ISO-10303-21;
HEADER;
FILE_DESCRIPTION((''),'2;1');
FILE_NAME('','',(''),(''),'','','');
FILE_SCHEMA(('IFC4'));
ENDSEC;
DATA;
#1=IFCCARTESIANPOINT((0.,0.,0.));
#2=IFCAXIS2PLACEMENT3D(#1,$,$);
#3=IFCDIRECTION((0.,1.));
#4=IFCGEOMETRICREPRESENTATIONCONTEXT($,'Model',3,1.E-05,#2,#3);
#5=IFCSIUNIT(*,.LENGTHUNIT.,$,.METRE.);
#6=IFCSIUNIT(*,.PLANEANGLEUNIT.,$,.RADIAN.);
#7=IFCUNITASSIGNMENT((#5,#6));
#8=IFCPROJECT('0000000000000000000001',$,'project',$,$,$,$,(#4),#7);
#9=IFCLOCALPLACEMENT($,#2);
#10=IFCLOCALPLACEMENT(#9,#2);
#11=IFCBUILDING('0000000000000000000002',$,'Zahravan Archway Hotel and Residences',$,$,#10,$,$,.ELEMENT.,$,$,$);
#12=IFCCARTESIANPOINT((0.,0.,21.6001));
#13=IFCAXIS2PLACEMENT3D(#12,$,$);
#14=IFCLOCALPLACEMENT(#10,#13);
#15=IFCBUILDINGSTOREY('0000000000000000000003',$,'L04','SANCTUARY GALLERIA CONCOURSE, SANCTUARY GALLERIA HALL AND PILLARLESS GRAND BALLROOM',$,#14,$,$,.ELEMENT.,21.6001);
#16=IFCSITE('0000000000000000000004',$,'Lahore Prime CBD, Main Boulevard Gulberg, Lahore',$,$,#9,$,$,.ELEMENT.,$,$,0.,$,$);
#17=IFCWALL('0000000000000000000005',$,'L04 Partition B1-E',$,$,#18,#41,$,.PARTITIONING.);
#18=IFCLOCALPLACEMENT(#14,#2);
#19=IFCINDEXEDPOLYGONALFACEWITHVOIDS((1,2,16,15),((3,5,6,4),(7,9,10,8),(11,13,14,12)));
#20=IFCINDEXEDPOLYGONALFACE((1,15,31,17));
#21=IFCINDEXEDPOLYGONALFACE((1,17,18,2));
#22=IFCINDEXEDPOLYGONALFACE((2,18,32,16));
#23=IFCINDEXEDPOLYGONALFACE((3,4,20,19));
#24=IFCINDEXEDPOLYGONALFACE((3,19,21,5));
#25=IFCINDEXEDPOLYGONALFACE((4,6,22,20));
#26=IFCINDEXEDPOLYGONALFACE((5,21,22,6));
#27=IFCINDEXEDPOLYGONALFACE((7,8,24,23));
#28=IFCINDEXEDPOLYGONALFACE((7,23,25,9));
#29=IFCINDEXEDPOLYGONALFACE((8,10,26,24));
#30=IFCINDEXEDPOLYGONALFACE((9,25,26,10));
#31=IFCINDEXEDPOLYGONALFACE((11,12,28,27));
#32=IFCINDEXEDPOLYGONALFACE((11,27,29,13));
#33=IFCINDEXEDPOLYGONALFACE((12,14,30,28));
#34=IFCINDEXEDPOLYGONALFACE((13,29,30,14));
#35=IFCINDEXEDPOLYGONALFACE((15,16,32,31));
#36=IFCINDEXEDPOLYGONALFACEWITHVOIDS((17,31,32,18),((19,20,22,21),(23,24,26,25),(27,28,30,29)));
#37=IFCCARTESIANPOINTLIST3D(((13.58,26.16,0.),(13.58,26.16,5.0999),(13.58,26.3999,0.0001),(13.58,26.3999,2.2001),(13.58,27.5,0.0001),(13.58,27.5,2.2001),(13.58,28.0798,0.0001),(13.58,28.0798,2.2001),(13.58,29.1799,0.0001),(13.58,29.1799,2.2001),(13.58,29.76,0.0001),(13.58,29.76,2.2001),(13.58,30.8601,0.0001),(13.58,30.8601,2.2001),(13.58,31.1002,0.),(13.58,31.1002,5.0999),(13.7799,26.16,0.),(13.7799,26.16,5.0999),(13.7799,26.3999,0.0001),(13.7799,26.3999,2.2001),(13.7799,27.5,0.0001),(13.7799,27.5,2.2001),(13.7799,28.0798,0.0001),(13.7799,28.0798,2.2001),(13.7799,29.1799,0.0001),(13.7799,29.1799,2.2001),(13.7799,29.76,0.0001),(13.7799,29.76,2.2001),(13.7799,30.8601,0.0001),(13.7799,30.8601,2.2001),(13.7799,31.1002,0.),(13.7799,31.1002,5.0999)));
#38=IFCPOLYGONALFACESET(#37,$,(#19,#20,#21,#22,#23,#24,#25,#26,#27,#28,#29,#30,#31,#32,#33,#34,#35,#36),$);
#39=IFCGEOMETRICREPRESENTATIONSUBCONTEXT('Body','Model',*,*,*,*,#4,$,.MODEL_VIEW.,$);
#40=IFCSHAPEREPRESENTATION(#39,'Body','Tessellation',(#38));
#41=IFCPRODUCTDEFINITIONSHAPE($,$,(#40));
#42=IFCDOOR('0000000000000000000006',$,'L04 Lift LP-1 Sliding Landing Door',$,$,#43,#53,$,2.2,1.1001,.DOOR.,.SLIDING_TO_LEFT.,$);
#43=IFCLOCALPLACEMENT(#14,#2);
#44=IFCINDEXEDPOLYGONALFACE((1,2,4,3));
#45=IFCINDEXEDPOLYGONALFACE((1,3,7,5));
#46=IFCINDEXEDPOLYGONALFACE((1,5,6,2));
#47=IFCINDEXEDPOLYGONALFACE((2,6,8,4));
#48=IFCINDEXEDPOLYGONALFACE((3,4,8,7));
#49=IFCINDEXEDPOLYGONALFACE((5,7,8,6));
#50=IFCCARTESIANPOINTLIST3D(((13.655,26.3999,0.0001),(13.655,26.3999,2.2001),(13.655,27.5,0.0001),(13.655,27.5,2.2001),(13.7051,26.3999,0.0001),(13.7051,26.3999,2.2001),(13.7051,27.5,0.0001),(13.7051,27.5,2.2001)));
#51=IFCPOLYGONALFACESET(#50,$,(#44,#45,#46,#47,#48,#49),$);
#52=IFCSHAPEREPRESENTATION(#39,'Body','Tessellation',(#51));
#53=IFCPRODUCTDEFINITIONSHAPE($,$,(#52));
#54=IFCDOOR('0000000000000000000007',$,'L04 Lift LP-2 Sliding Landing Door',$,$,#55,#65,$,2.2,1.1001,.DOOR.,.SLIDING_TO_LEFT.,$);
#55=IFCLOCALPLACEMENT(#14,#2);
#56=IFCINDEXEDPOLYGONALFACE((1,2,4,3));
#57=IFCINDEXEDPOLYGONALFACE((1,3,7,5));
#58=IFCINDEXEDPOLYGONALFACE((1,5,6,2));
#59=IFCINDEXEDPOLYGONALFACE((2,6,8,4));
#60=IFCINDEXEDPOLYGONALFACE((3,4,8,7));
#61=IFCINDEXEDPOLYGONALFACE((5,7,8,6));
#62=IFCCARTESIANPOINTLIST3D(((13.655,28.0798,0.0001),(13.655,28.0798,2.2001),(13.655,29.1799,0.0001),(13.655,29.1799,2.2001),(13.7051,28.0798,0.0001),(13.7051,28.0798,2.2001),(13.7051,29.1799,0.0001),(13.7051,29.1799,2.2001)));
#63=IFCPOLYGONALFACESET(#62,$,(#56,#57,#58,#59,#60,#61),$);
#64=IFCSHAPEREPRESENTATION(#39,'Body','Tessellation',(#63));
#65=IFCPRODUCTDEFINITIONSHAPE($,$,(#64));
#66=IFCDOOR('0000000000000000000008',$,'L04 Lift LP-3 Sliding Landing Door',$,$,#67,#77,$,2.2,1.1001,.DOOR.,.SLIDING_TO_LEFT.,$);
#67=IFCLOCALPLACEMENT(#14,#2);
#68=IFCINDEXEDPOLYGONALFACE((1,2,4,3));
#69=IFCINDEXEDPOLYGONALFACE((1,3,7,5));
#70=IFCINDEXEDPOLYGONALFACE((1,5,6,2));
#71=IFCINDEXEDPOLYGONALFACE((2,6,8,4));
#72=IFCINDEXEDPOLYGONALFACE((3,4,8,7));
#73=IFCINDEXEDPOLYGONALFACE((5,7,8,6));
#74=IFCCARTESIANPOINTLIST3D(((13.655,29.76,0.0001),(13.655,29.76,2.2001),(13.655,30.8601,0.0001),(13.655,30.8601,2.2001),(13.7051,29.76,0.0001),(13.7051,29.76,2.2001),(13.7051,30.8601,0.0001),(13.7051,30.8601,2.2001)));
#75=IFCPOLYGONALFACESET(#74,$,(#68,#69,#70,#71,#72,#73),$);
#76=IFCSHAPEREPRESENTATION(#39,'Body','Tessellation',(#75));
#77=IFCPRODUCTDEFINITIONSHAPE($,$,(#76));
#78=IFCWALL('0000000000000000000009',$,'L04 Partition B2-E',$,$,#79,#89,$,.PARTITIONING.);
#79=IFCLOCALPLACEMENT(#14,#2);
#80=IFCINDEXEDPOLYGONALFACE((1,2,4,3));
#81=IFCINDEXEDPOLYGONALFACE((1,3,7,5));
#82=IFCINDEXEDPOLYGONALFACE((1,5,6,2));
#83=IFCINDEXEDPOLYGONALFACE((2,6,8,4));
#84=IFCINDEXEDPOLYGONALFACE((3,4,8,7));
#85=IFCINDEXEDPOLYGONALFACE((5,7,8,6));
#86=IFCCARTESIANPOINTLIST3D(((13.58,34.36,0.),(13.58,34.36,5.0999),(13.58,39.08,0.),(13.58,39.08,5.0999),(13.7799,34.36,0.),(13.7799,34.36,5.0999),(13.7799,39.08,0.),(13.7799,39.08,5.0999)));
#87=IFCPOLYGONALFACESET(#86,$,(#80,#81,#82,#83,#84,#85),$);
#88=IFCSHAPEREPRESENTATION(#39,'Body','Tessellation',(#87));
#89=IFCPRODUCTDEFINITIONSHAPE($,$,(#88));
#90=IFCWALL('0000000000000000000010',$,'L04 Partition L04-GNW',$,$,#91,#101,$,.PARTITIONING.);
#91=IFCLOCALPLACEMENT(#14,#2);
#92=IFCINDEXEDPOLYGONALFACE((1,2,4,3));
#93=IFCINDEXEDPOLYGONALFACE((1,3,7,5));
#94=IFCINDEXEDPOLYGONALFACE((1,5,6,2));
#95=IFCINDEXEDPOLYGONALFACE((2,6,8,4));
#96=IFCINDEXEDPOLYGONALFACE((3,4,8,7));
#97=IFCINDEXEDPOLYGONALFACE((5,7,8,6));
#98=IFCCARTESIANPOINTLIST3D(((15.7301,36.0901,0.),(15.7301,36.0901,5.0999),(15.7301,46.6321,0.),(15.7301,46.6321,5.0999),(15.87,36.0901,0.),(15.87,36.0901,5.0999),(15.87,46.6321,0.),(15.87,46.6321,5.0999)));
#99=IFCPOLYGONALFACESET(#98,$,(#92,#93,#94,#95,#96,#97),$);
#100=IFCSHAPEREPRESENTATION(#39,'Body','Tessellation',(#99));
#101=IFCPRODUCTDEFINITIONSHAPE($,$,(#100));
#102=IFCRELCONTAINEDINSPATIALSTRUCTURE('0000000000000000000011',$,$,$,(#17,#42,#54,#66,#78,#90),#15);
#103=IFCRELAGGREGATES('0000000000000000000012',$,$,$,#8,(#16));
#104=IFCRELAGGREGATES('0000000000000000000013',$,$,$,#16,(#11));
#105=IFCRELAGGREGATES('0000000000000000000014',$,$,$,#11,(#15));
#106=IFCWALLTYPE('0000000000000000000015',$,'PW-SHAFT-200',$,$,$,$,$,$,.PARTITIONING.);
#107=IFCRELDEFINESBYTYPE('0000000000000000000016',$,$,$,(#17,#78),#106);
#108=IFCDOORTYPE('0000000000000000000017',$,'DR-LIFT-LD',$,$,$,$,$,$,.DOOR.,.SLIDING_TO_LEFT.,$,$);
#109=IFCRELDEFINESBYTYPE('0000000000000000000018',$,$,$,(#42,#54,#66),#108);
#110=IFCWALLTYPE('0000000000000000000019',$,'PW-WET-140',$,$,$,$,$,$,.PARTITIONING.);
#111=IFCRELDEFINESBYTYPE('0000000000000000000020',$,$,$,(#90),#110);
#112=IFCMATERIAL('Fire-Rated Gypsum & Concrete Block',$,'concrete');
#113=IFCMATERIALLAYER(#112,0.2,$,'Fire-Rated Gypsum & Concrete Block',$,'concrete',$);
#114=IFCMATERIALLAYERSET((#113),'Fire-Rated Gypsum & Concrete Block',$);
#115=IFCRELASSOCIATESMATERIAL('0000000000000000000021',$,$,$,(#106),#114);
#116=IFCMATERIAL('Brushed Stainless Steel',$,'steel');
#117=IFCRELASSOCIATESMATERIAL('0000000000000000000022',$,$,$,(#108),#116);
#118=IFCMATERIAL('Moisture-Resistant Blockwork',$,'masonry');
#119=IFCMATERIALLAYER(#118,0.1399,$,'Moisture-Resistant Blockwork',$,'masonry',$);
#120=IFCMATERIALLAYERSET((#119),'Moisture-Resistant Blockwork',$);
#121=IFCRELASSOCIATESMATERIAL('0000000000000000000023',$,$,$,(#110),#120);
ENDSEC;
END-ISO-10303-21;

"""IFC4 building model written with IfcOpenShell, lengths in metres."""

from ifc_helpers import new_model, si_unit, direction, frame, frame_2d, origin, place, context, subcontext, project, spatial, rectangle, extrude, source, transform, mapped, material, layer, layer_set, type_object, type_shapes, element, fill, save


model = new_model("IFC4")

# Units and contexts
model_context = context("Model", 3, precision=1e-05, world=origin(), true_north=direction((0.0, 1.0)))
body_context = subcontext(model_context, "Body", "Model", "MODEL_VIEW")
ifc_project = project(units=[si_unit("LENGTHUNIT", "METRE"), si_unit("PLANEANGLEUNIT", "RADIAN")], contexts=[model_context])

# Site, building, storey
site_placement = place(None, origin())
site = spatial("IfcSite", under=ifc_project, at=site_placement, Name="Lahore Prime CBD, Main Boulevard Gulberg, Lahore", CompositionType="ELEMENT", RefElevation=0.0)
building_placement = place(site_placement, origin())
building = spatial("IfcBuilding", under=site, at=building_placement, Name="Zahravan Archway Hotel and Residences", CompositionType="ELEMENT")
storey_placement = place(building_placement, frame((0.0, 0.0, 21.6001)))
storey = spatial("IfcBuildingStorey", under=building, at=storey_placement, Name="L04", Description="SANCTUARY GALLERIA CONCOURSE, SANCTUARY GALLERIA HALL AND PILLARLESS GRAND BALLROOM", CompositionType="ELEMENT", Elevation=21.6001)

# Wall, openings, doors
ifc_material_1 = material(Name="Fire-Rated Gypsum & Concrete Block", Category="concrete")
ifc_layer_1 = layer(ifc_material_1, 0.2, Name="Fire-Rated Gypsum & Concrete Block", Category="concrete")
ifc_layer_set_1 = layer_set([ifc_layer_1], Name="Fire-Rated Gypsum & Concrete Block")
wall_type_1 = type_object("IfcWallType", Name="PW-SHAFT-200", PredefinedType="PARTITIONING", material=ifc_layer_set_1)
wall_1_placement = place(storey_placement, frame((13.6799, 26.1599, 0.0), z_axis=(0.0, 0.0, 1.0), x_axis=(0.0, 1.0, 0.0)))
wall_1 = element("IfcWall", 1, at=wall_1_placement, inside=storey, type_object=wall_type_1, Name="L04 Partition B1-E", PredefinedType="PARTITIONING", context=body_context, shape_type="SweptSolid", body=[
    extrude(rectangle(XDim=4.9402, YDim=0.2, at=frame_2d((2.4702, 0.0))), origin(), (0.0, 0.0, 1.0), 5.0999),
])
opening_1_placement = place(wall_1_placement, frame((0.24, 0.0, 0.0)))
opening_1 = element("IfcOpeningElement", 2, at=opening_1_placement, cuts=wall_1, PredefinedType="OPENING", context=body_context, shape_type="SweptSolid", body=[
    extrude(rectangle(XDim=1.1001, YDim=2.2, at=frame_2d((0.55, 1.1001))), frame((0.0, 0.1099, 0.0), z_axis=(0.0, -1.0, 0.0), x_axis=(1.0, 0.0, 0.0)), (0.0, 0.0, 1.0), 0.22),
])
opening_2_placement = place(wall_1_placement, frame((1.9199, 0.0, 0.0)))
opening_2 = element("IfcOpeningElement", 3, at=opening_2_placement, cuts=wall_1, PredefinedType="OPENING", context=body_context, shape_type="SweptSolid", body=[
    extrude(rectangle(XDim=1.1001, YDim=2.2, at=frame_2d((0.55, 1.1001))), frame((0.0, 0.1099, 0.0), z_axis=(0.0, -1.0, 0.0), x_axis=(1.0, 0.0, 0.0)), (0.0, 0.0, 1.0), 0.22),
])
opening_3_placement = place(wall_1_placement, frame((3.6001, 0.0, 0.0)))
opening_3 = element("IfcOpeningElement", 4, at=opening_3_placement, cuts=wall_1, PredefinedType="OPENING", context=body_context, shape_type="SweptSolid", body=[
    extrude(rectangle(XDim=1.1001, YDim=2.2, at=frame_2d((0.55, 1.1001))), frame((0.0, 0.1099, 0.0), z_axis=(0.0, -1.0, 0.0), x_axis=(1.0, 0.0, 0.0)), (0.0, 0.0, 1.0), 0.22),
])
ifc_material_2 = material(Name="Brushed Stainless Steel", Category="steel")
door_type_1 = type_object("IfcDoorType", Name="DR-LIFT-LD", OperationType="SLIDING_TO_LEFT", PredefinedType="DOOR", material=ifc_material_2)
shared_shape_1 = source(origin(), body_context, "Body", "SweptSolid", [
    extrude(rectangle(XDim=1.1001, YDim=2.2, at=frame_2d((0.55, 1.1001))), frame((0.0, 0.0249, 0.0), z_axis=(0.0, -1.0, 0.0), x_axis=(1.0, 0.0, 0.0)), (0.0, 0.0, 1.0), 0.05),
])
type_shapes(door_type_1, [shared_shape_1])
door_1_placement = place(opening_1_placement, origin())
door_1 = element("IfcDoor", 5, at=door_1_placement, inside=storey, type_object=door_type_1, Name="L04 Lift LP-1 Sliding Landing Door", OperationType="SLIDING_TO_LEFT", OverallHeight=2.2, OverallWidth=1.1001, PredefinedType="DOOR", context=body_context, shape_type="MappedRepresentation", body=[
    mapped(shared_shape_1, transform((0.0, 0.0, 0.0), scale=1.0)),
])
fill(opening_1, door_1)
door_2_placement = place(opening_2_placement, origin())
door_2 = element("IfcDoor", 6, at=door_2_placement, inside=storey, type_object=door_type_1, Name="L04 Lift LP-2 Sliding Landing Door", OperationType="SLIDING_TO_LEFT", OverallHeight=2.2, OverallWidth=1.1001, PredefinedType="DOOR", context=body_context, shape_type="MappedRepresentation", body=[
    mapped(shared_shape_1, transform((0.0, 0.0, 0.0), scale=1.0)),
])
fill(opening_2, door_2)
door_3_placement = place(opening_3_placement, origin())
door_3 = element("IfcDoor", 7, at=door_3_placement, inside=storey, type_object=door_type_1, Name="L04 Lift LP-3 Sliding Landing Door", OperationType="SLIDING_TO_LEFT", OverallHeight=2.2, OverallWidth=1.1001, PredefinedType="DOOR", context=body_context, shape_type="MappedRepresentation", body=[
    mapped(shared_shape_1, transform((0.0, 0.0, 0.0), scale=1.0)),
])
fill(opening_3, door_3)

# Walls
wall_2_placement = place(storey_placement, frame((13.6799, 34.3601, 0.0), z_axis=(0.0, 0.0, 1.0), x_axis=(0.0, 1.0, 0.0)))
element("IfcWall", 8, at=wall_2_placement, inside=storey, type_object=wall_type_1, Name="L04 Partition B2-E", PredefinedType="PARTITIONING", context=body_context, shape_type="SweptSolid", body=[
    extrude(rectangle(XDim=4.72, YDim=0.2, at=frame_2d((2.3599, 0.0))), origin(), (0.0, 0.0, 1.0), 5.0999),
])
ifc_material_3 = material(Name="Moisture-Resistant Blockwork", Category="masonry")
ifc_layer_2 = layer(ifc_material_3, 0.1399, Name="Moisture-Resistant Blockwork", Category="masonry")
ifc_layer_set_2 = layer_set([ifc_layer_2], Name="Moisture-Resistant Blockwork")
wall_type_2 = type_object("IfcWallType", Name="PW-WET-140", PredefinedType="PARTITIONING", material=ifc_layer_set_2)
wall_3_placement = place(storey_placement, frame((15.8, 36.0901, 0.0), z_axis=(0.0, 0.0, 1.0), x_axis=(0.0, 1.0, 0.0)))
element("IfcWall", 9, at=wall_3_placement, inside=storey, type_object=wall_type_2, Name="L04 Partition L04-GNW", PredefinedType="PARTITIONING", context=body_context, shape_type="SweptSolid", body=[
    extrude(rectangle(XDim=10.542, YDim=0.1399, at=frame_2d((5.271, 0.0))), origin(), (0.0, 0.0, 1.0), 5.0999),
])

save(model, "model.ifc")
